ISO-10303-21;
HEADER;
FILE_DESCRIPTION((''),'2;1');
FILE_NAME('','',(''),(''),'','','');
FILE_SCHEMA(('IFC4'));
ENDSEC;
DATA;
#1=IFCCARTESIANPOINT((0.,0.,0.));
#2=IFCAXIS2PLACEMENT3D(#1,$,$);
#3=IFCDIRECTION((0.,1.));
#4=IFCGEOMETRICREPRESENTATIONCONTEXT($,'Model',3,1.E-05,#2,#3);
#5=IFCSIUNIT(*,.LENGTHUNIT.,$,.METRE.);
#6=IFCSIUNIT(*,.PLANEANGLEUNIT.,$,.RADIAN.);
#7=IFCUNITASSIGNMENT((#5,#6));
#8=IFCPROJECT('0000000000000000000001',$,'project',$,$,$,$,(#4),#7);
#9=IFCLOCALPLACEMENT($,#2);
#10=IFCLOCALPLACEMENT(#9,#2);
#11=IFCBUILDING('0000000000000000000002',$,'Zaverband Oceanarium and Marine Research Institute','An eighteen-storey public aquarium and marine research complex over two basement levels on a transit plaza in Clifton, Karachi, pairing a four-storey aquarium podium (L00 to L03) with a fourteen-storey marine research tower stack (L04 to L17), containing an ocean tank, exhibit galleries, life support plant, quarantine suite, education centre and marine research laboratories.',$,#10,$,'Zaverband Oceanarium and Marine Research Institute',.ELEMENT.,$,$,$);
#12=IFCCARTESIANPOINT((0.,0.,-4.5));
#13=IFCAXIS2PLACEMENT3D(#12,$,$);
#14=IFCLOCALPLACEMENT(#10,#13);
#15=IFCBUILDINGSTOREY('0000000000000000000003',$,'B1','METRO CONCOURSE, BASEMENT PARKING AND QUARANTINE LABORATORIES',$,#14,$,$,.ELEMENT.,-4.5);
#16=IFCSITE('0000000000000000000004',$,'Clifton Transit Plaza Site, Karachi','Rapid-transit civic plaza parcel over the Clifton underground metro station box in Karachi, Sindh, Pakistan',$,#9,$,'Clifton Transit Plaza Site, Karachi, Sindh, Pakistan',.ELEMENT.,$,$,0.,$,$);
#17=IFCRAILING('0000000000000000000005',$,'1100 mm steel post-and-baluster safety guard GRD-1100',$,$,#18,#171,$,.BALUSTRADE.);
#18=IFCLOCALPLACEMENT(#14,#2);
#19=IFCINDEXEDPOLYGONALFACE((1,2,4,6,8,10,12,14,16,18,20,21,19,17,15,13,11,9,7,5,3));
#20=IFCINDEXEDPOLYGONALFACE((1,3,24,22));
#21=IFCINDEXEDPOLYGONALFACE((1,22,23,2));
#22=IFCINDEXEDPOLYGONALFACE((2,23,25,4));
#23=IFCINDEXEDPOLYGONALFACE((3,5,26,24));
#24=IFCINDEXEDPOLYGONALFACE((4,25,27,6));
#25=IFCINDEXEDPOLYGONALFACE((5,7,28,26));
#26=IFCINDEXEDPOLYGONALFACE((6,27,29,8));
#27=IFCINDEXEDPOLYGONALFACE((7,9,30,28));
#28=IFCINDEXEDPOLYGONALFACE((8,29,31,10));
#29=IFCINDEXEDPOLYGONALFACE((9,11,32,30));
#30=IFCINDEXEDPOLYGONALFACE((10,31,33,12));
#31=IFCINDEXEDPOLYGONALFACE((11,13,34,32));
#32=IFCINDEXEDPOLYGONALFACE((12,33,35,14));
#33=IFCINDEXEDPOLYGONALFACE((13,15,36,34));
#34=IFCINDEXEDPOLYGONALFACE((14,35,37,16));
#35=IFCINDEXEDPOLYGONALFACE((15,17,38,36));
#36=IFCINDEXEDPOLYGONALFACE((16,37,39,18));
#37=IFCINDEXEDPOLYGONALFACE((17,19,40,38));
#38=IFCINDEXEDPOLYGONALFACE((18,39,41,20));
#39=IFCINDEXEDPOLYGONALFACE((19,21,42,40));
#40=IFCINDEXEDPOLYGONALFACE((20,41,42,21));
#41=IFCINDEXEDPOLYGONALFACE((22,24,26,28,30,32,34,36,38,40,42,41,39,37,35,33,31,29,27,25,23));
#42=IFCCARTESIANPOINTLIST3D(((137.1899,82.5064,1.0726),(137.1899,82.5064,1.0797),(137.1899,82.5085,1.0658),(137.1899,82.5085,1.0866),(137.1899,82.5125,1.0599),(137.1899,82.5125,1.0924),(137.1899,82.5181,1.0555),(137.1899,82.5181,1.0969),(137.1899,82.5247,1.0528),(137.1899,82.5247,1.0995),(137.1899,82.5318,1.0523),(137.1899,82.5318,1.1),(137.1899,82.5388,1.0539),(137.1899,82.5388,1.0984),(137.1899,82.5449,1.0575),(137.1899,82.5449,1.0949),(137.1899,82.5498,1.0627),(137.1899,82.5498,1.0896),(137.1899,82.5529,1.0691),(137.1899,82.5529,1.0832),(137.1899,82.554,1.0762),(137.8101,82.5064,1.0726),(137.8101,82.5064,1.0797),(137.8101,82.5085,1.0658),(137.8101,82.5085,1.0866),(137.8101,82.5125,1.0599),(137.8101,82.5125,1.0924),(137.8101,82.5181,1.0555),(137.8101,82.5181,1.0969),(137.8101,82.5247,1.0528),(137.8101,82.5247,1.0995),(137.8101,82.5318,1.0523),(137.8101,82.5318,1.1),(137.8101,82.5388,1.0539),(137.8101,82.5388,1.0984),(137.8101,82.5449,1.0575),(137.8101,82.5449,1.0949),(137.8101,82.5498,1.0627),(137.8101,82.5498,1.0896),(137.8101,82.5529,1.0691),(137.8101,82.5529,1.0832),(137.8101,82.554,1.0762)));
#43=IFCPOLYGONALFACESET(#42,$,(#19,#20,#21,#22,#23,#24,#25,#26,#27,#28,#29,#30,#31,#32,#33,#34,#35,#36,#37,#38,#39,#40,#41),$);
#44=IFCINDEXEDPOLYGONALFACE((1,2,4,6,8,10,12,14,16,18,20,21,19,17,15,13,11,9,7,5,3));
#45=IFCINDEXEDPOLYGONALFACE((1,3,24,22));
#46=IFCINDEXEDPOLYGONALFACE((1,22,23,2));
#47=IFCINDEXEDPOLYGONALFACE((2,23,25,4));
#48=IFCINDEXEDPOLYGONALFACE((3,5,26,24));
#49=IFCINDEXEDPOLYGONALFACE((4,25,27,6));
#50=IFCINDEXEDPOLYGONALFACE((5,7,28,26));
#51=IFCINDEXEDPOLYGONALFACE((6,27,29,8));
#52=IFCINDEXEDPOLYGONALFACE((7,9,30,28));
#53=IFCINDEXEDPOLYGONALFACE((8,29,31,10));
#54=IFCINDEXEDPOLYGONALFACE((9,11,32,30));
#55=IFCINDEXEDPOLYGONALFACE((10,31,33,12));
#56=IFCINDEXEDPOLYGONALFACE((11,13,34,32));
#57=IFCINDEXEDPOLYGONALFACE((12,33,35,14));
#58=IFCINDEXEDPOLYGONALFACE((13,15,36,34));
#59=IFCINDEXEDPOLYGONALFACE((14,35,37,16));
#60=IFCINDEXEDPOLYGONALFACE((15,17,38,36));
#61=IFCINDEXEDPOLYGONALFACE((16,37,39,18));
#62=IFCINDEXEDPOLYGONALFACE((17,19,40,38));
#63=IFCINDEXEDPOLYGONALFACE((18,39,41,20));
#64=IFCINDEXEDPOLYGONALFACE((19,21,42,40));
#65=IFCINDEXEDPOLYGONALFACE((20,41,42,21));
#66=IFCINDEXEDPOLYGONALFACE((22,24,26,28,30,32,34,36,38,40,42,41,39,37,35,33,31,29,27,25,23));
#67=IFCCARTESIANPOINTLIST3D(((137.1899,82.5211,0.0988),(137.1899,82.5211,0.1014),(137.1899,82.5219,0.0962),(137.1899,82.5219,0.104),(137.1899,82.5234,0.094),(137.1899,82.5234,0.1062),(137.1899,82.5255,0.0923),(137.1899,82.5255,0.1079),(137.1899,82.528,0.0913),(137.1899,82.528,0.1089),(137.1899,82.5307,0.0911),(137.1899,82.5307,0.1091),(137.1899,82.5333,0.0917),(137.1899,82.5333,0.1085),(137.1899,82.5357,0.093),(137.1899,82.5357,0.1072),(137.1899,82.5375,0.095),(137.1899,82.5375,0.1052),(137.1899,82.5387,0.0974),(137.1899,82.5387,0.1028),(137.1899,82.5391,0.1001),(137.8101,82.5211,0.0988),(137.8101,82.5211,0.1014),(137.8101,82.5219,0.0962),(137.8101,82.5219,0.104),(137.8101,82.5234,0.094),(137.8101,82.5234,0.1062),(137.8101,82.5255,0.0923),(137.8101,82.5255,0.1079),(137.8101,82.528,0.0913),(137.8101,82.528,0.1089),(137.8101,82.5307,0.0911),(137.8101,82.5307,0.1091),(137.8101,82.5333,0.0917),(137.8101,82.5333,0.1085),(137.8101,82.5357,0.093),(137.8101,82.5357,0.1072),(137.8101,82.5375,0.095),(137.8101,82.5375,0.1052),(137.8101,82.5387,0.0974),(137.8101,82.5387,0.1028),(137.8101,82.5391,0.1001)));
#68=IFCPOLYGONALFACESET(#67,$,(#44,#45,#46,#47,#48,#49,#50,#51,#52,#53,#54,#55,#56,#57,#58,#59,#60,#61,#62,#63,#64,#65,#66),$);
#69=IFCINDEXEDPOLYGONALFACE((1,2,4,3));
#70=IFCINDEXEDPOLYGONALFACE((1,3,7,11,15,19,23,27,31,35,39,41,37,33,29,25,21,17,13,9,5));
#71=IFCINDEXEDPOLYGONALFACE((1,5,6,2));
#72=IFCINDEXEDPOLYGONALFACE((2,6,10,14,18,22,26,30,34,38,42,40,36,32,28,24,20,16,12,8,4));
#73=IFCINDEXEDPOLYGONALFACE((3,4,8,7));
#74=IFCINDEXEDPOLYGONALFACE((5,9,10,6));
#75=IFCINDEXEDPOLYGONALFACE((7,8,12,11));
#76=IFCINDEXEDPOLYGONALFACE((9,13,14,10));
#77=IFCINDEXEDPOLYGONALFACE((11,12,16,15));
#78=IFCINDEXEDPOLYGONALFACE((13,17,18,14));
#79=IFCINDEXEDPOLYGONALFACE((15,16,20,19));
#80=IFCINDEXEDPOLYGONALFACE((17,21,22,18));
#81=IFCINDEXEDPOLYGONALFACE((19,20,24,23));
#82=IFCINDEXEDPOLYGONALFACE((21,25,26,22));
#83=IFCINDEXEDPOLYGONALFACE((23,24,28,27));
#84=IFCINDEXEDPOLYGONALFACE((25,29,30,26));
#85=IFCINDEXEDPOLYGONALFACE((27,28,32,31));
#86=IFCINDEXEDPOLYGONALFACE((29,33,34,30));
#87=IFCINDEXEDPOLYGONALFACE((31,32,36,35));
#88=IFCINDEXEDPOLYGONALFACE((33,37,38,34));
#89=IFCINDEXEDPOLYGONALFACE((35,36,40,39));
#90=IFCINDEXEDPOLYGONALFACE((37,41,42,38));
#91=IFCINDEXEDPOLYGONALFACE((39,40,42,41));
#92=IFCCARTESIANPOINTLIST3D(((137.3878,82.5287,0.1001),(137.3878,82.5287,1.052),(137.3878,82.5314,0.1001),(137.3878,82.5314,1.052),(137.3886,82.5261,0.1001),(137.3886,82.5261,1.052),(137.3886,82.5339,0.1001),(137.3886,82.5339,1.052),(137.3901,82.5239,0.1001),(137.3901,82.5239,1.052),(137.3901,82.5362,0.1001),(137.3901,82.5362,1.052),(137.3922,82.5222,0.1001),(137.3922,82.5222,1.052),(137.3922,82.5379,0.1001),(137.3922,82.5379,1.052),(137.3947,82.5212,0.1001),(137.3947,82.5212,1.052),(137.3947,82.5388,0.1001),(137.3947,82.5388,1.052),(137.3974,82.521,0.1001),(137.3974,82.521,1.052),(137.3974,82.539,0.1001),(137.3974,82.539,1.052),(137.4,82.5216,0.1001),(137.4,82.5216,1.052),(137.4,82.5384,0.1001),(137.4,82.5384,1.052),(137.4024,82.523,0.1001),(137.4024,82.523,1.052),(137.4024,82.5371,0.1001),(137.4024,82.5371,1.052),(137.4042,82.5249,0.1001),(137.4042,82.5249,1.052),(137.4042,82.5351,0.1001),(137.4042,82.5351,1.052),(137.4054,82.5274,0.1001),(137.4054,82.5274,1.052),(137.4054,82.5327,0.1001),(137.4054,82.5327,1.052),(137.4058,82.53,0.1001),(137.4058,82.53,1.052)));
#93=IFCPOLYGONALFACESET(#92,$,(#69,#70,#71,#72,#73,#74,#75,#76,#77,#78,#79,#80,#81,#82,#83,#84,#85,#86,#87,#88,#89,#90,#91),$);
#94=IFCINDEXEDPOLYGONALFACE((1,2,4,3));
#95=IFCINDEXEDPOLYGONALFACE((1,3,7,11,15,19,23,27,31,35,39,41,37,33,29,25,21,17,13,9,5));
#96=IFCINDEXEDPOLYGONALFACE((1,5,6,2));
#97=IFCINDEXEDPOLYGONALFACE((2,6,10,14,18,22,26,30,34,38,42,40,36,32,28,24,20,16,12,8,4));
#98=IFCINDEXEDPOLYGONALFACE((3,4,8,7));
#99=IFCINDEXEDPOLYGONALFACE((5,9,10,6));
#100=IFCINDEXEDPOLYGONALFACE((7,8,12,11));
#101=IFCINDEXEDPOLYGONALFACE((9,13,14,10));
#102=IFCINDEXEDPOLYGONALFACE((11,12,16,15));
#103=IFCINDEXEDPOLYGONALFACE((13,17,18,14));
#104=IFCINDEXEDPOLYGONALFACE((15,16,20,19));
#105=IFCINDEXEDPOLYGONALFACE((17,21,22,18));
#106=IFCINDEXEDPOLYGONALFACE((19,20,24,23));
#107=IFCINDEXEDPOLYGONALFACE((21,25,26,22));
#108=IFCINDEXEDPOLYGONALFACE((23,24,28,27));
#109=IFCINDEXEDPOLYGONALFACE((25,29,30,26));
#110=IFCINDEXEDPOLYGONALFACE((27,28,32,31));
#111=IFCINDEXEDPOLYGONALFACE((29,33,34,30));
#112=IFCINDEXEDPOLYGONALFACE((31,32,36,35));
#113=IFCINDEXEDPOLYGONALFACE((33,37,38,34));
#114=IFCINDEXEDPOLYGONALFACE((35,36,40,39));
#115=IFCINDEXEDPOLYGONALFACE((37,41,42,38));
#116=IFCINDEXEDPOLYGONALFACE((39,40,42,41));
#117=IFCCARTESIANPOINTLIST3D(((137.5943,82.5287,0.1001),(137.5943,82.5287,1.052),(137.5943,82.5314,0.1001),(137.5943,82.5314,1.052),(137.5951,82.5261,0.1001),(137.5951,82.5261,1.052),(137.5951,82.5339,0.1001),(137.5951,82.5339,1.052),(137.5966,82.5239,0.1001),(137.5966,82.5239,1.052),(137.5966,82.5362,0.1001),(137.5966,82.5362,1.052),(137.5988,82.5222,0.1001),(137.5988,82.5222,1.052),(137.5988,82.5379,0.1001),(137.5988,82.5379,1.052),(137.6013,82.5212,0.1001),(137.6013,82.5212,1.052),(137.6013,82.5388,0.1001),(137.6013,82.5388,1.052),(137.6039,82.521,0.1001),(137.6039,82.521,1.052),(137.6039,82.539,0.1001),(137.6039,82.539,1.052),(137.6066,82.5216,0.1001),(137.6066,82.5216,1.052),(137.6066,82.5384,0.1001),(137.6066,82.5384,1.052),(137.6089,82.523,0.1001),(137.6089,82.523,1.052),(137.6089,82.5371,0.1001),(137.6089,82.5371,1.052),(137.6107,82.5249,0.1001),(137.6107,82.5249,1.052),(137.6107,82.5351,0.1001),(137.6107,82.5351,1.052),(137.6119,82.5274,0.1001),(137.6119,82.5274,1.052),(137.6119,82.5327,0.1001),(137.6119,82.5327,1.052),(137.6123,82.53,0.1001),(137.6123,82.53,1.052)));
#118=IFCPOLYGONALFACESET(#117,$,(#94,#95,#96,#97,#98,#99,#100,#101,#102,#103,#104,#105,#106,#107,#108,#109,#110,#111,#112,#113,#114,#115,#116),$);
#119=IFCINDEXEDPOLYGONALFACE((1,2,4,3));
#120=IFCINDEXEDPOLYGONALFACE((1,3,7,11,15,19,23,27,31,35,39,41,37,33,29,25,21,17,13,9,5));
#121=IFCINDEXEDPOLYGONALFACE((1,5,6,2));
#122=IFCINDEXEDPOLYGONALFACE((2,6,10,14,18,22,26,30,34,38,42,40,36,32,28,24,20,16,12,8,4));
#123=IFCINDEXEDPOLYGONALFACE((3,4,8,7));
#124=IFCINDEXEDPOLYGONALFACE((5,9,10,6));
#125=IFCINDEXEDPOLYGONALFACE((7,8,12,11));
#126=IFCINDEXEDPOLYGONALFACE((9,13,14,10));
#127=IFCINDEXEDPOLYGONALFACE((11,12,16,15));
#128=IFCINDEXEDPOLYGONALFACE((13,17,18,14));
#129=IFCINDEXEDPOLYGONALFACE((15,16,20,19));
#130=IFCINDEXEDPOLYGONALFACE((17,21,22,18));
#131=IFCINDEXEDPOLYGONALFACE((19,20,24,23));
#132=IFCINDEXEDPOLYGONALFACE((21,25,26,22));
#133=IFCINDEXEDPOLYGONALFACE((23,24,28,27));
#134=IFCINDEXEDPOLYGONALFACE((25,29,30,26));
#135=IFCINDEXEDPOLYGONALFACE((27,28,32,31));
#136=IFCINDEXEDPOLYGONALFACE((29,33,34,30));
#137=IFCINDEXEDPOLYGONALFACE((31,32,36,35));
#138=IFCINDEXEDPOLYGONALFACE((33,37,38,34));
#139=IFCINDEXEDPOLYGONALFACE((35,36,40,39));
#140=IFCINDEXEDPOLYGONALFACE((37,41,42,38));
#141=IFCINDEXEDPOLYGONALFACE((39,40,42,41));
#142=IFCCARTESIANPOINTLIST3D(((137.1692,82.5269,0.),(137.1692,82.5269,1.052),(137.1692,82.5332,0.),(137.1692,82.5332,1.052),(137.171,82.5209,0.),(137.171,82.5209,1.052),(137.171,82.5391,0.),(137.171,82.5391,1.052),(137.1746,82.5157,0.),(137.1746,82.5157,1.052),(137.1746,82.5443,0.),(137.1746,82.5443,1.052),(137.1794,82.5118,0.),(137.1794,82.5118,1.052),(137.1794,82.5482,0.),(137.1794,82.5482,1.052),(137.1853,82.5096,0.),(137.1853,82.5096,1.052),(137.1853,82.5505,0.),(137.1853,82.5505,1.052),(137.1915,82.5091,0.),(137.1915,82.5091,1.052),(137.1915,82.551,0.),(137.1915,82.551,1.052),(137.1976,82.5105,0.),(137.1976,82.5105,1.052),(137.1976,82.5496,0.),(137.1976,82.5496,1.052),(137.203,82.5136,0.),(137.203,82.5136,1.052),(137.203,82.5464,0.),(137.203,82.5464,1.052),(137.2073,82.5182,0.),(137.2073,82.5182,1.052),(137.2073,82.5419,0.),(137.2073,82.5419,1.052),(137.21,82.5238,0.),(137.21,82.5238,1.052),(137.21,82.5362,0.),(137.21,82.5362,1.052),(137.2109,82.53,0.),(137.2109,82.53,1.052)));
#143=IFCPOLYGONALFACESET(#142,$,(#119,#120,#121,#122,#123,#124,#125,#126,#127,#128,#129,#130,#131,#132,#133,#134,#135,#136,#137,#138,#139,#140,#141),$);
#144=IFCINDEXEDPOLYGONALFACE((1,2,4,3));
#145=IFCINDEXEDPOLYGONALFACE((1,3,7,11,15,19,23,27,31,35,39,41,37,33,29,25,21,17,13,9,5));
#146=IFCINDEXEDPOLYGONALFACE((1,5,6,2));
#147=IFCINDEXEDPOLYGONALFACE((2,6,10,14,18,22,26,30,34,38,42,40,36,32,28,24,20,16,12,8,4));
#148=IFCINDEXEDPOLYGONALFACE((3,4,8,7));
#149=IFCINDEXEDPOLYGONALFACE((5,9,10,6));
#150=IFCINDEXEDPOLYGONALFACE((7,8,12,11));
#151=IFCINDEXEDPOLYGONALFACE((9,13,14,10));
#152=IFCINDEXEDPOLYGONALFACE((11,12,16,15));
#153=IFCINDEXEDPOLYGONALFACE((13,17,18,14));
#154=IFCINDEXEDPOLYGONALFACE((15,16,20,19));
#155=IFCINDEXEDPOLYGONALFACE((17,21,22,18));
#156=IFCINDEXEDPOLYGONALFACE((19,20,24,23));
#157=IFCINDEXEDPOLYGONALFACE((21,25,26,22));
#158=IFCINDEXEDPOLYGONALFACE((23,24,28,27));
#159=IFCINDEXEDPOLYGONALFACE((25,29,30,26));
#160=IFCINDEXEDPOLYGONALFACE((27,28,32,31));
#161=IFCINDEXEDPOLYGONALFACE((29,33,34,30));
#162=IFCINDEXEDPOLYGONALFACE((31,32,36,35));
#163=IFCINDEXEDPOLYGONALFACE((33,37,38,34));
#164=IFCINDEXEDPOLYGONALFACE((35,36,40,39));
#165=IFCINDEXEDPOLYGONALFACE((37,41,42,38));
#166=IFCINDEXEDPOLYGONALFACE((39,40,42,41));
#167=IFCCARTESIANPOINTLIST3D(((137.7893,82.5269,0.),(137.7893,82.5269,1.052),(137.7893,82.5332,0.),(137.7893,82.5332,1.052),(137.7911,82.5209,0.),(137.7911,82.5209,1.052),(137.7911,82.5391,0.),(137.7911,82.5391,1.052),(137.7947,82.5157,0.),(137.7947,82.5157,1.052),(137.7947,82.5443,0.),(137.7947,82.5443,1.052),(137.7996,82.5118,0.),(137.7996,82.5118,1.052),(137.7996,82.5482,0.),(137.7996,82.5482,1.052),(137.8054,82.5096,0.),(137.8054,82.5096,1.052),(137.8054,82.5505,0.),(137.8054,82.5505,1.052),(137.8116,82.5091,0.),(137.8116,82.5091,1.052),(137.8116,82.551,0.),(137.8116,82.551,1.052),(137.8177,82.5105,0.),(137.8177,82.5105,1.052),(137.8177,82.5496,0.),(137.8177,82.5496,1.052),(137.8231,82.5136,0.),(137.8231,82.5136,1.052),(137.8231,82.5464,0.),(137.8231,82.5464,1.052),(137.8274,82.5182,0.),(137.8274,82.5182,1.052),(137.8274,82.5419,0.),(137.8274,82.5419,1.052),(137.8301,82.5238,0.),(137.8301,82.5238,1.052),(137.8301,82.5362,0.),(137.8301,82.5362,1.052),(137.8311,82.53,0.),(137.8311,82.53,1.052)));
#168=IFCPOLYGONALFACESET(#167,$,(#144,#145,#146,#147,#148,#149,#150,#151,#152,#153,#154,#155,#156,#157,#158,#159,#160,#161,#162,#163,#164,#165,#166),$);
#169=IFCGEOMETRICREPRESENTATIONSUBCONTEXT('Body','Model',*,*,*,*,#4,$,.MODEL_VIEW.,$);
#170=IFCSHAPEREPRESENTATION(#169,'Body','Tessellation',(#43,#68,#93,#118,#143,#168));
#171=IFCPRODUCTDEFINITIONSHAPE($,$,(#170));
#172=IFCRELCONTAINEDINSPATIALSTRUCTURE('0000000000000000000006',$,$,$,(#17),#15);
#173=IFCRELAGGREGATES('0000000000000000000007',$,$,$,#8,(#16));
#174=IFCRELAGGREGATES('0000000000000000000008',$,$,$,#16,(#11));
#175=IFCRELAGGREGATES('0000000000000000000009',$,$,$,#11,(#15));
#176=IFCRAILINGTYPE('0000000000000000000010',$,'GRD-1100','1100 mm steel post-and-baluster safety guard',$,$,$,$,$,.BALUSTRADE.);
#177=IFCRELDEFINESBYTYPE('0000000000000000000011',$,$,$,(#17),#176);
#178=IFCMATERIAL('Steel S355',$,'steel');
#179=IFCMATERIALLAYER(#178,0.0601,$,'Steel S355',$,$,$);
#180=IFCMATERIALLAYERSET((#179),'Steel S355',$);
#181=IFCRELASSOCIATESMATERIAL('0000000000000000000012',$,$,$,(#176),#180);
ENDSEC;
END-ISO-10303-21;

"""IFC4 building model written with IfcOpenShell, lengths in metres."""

from ifc_helpers import new_model, si_unit, direction, frame, origin, origin_2d, place, context, subcontext, project, spatial, circle, extrude, material, layer, layer_set, type_object, element, save


model = new_model("IFC4")

# Units and contexts
model_context = context("Model", 3, precision=1e-05, world=origin(), true_north=direction((0.0, 1.0)))
body_context = subcontext(model_context, "Body", "Model", "MODEL_VIEW")
ifc_project = project(units=[si_unit("LENGTHUNIT", "METRE"), si_unit("PLANEANGLEUNIT", "RADIAN")], contexts=[model_context])

# Site, building, storey
site_placement = place(None, origin())
site = spatial("IfcSite", under=ifc_project, at=site_placement, Name="Clifton Transit Plaza Site, Karachi", Description="Rapid-transit civic plaza parcel over the Clifton underground metro station box in Karachi, Sindh, Pakistan", LongName="Clifton Transit Plaza Site, Karachi, Sindh, Pakistan", CompositionType="ELEMENT", RefElevation=0.0)
building_placement = place(site_placement, origin())
building = spatial("IfcBuilding", under=site, at=building_placement, Name="Zaverband Oceanarium and Marine Research Institute", Description="An eighteen-storey public aquarium and marine research complex over two basement levels on a transit plaza in Clifton, Karachi, pairing a four-storey aquarium podium (L00 to L03) with a fourteen-storey marine research tower stack (L04 to L17), containing an ocean tank, exhibit galleries, life support plant, quarantine suite, education centre and marine research laboratories.", LongName="Zaverband Oceanarium and Marine Research Institute", CompositionType="ELEMENT")
storey_placement = place(building_placement, frame((0.0, 0.0, -4.5)))
storey = spatial("IfcBuildingStorey", under=building, at=storey_placement, Name="B1", Description="METRO CONCOURSE, BASEMENT PARKING AND QUARANTINE LABORATORIES", CompositionType="ELEMENT", Elevation=-4.5)

# Shared definitions
ifc_material_1 = material(Name="Steel S355", Category="steel")

# Railing
ifc_layer_1 = layer(ifc_material_1, 0.0601, Name="Steel S355")
ifc_layer_set_1 = layer_set([ifc_layer_1], Name="Steel S355")
railing_type_1 = type_object("IfcRailingType", Name="GRD-1100", Description="1100 mm steel post-and-baluster safety guard", PredefinedType="BALUSTRADE", material=ifc_layer_set_1)
for number, where, name in (
    (1, (137.1899, 82.53, 0.0), "1100 mm steel post-and-baluster safety guard GRD-1100"),
):
    element("IfcRailing", number, at=place(storey_placement, frame(where)), inside=storey, type_object=railing_type_1, Name=name, PredefinedType="BALUSTRADE", context=body_context, shape_type="SweptSolid", body=[
        extrude(circle(Radius=0.0239, at=origin_2d()), frame((0.0, 0.0, 1.0762), z_axis=(1.0, 0.0, 0.0), x_axis=(0.0, 1.0, 0.0)), (0.0, 0.0, 1.0), 0.6201),
        extrude(circle(Radius=0.009, at=origin_2d()), frame((0.0, 0.0, 0.1001), z_axis=(1.0, 0.0, 0.0), x_axis=(0.0, 1.0, 0.0)), (0.0, 0.0, 1.0), 0.6201),
        extrude(circle(Radius=0.009, at=origin_2d()), frame((0.2068, 0.0, 0.1001)), (0.0, 0.0, 1.0), 0.9519),
        extrude(circle(Radius=0.009, at=origin_2d()), frame((0.4133, 0.0, 0.1001)), (0.0, 0.0, 1.0), 0.9519),
        extrude(circle(Radius=0.021, at=origin_2d()), origin(), (0.0, 0.0, 1.0), 1.052),
        extrude(circle(Radius=0.021, at=origin_2d()), frame((0.6201, 0.0, 0.0)), (0.0, 0.0, 1.0), 1.052),
    ])

save(model, "model.ifc")
